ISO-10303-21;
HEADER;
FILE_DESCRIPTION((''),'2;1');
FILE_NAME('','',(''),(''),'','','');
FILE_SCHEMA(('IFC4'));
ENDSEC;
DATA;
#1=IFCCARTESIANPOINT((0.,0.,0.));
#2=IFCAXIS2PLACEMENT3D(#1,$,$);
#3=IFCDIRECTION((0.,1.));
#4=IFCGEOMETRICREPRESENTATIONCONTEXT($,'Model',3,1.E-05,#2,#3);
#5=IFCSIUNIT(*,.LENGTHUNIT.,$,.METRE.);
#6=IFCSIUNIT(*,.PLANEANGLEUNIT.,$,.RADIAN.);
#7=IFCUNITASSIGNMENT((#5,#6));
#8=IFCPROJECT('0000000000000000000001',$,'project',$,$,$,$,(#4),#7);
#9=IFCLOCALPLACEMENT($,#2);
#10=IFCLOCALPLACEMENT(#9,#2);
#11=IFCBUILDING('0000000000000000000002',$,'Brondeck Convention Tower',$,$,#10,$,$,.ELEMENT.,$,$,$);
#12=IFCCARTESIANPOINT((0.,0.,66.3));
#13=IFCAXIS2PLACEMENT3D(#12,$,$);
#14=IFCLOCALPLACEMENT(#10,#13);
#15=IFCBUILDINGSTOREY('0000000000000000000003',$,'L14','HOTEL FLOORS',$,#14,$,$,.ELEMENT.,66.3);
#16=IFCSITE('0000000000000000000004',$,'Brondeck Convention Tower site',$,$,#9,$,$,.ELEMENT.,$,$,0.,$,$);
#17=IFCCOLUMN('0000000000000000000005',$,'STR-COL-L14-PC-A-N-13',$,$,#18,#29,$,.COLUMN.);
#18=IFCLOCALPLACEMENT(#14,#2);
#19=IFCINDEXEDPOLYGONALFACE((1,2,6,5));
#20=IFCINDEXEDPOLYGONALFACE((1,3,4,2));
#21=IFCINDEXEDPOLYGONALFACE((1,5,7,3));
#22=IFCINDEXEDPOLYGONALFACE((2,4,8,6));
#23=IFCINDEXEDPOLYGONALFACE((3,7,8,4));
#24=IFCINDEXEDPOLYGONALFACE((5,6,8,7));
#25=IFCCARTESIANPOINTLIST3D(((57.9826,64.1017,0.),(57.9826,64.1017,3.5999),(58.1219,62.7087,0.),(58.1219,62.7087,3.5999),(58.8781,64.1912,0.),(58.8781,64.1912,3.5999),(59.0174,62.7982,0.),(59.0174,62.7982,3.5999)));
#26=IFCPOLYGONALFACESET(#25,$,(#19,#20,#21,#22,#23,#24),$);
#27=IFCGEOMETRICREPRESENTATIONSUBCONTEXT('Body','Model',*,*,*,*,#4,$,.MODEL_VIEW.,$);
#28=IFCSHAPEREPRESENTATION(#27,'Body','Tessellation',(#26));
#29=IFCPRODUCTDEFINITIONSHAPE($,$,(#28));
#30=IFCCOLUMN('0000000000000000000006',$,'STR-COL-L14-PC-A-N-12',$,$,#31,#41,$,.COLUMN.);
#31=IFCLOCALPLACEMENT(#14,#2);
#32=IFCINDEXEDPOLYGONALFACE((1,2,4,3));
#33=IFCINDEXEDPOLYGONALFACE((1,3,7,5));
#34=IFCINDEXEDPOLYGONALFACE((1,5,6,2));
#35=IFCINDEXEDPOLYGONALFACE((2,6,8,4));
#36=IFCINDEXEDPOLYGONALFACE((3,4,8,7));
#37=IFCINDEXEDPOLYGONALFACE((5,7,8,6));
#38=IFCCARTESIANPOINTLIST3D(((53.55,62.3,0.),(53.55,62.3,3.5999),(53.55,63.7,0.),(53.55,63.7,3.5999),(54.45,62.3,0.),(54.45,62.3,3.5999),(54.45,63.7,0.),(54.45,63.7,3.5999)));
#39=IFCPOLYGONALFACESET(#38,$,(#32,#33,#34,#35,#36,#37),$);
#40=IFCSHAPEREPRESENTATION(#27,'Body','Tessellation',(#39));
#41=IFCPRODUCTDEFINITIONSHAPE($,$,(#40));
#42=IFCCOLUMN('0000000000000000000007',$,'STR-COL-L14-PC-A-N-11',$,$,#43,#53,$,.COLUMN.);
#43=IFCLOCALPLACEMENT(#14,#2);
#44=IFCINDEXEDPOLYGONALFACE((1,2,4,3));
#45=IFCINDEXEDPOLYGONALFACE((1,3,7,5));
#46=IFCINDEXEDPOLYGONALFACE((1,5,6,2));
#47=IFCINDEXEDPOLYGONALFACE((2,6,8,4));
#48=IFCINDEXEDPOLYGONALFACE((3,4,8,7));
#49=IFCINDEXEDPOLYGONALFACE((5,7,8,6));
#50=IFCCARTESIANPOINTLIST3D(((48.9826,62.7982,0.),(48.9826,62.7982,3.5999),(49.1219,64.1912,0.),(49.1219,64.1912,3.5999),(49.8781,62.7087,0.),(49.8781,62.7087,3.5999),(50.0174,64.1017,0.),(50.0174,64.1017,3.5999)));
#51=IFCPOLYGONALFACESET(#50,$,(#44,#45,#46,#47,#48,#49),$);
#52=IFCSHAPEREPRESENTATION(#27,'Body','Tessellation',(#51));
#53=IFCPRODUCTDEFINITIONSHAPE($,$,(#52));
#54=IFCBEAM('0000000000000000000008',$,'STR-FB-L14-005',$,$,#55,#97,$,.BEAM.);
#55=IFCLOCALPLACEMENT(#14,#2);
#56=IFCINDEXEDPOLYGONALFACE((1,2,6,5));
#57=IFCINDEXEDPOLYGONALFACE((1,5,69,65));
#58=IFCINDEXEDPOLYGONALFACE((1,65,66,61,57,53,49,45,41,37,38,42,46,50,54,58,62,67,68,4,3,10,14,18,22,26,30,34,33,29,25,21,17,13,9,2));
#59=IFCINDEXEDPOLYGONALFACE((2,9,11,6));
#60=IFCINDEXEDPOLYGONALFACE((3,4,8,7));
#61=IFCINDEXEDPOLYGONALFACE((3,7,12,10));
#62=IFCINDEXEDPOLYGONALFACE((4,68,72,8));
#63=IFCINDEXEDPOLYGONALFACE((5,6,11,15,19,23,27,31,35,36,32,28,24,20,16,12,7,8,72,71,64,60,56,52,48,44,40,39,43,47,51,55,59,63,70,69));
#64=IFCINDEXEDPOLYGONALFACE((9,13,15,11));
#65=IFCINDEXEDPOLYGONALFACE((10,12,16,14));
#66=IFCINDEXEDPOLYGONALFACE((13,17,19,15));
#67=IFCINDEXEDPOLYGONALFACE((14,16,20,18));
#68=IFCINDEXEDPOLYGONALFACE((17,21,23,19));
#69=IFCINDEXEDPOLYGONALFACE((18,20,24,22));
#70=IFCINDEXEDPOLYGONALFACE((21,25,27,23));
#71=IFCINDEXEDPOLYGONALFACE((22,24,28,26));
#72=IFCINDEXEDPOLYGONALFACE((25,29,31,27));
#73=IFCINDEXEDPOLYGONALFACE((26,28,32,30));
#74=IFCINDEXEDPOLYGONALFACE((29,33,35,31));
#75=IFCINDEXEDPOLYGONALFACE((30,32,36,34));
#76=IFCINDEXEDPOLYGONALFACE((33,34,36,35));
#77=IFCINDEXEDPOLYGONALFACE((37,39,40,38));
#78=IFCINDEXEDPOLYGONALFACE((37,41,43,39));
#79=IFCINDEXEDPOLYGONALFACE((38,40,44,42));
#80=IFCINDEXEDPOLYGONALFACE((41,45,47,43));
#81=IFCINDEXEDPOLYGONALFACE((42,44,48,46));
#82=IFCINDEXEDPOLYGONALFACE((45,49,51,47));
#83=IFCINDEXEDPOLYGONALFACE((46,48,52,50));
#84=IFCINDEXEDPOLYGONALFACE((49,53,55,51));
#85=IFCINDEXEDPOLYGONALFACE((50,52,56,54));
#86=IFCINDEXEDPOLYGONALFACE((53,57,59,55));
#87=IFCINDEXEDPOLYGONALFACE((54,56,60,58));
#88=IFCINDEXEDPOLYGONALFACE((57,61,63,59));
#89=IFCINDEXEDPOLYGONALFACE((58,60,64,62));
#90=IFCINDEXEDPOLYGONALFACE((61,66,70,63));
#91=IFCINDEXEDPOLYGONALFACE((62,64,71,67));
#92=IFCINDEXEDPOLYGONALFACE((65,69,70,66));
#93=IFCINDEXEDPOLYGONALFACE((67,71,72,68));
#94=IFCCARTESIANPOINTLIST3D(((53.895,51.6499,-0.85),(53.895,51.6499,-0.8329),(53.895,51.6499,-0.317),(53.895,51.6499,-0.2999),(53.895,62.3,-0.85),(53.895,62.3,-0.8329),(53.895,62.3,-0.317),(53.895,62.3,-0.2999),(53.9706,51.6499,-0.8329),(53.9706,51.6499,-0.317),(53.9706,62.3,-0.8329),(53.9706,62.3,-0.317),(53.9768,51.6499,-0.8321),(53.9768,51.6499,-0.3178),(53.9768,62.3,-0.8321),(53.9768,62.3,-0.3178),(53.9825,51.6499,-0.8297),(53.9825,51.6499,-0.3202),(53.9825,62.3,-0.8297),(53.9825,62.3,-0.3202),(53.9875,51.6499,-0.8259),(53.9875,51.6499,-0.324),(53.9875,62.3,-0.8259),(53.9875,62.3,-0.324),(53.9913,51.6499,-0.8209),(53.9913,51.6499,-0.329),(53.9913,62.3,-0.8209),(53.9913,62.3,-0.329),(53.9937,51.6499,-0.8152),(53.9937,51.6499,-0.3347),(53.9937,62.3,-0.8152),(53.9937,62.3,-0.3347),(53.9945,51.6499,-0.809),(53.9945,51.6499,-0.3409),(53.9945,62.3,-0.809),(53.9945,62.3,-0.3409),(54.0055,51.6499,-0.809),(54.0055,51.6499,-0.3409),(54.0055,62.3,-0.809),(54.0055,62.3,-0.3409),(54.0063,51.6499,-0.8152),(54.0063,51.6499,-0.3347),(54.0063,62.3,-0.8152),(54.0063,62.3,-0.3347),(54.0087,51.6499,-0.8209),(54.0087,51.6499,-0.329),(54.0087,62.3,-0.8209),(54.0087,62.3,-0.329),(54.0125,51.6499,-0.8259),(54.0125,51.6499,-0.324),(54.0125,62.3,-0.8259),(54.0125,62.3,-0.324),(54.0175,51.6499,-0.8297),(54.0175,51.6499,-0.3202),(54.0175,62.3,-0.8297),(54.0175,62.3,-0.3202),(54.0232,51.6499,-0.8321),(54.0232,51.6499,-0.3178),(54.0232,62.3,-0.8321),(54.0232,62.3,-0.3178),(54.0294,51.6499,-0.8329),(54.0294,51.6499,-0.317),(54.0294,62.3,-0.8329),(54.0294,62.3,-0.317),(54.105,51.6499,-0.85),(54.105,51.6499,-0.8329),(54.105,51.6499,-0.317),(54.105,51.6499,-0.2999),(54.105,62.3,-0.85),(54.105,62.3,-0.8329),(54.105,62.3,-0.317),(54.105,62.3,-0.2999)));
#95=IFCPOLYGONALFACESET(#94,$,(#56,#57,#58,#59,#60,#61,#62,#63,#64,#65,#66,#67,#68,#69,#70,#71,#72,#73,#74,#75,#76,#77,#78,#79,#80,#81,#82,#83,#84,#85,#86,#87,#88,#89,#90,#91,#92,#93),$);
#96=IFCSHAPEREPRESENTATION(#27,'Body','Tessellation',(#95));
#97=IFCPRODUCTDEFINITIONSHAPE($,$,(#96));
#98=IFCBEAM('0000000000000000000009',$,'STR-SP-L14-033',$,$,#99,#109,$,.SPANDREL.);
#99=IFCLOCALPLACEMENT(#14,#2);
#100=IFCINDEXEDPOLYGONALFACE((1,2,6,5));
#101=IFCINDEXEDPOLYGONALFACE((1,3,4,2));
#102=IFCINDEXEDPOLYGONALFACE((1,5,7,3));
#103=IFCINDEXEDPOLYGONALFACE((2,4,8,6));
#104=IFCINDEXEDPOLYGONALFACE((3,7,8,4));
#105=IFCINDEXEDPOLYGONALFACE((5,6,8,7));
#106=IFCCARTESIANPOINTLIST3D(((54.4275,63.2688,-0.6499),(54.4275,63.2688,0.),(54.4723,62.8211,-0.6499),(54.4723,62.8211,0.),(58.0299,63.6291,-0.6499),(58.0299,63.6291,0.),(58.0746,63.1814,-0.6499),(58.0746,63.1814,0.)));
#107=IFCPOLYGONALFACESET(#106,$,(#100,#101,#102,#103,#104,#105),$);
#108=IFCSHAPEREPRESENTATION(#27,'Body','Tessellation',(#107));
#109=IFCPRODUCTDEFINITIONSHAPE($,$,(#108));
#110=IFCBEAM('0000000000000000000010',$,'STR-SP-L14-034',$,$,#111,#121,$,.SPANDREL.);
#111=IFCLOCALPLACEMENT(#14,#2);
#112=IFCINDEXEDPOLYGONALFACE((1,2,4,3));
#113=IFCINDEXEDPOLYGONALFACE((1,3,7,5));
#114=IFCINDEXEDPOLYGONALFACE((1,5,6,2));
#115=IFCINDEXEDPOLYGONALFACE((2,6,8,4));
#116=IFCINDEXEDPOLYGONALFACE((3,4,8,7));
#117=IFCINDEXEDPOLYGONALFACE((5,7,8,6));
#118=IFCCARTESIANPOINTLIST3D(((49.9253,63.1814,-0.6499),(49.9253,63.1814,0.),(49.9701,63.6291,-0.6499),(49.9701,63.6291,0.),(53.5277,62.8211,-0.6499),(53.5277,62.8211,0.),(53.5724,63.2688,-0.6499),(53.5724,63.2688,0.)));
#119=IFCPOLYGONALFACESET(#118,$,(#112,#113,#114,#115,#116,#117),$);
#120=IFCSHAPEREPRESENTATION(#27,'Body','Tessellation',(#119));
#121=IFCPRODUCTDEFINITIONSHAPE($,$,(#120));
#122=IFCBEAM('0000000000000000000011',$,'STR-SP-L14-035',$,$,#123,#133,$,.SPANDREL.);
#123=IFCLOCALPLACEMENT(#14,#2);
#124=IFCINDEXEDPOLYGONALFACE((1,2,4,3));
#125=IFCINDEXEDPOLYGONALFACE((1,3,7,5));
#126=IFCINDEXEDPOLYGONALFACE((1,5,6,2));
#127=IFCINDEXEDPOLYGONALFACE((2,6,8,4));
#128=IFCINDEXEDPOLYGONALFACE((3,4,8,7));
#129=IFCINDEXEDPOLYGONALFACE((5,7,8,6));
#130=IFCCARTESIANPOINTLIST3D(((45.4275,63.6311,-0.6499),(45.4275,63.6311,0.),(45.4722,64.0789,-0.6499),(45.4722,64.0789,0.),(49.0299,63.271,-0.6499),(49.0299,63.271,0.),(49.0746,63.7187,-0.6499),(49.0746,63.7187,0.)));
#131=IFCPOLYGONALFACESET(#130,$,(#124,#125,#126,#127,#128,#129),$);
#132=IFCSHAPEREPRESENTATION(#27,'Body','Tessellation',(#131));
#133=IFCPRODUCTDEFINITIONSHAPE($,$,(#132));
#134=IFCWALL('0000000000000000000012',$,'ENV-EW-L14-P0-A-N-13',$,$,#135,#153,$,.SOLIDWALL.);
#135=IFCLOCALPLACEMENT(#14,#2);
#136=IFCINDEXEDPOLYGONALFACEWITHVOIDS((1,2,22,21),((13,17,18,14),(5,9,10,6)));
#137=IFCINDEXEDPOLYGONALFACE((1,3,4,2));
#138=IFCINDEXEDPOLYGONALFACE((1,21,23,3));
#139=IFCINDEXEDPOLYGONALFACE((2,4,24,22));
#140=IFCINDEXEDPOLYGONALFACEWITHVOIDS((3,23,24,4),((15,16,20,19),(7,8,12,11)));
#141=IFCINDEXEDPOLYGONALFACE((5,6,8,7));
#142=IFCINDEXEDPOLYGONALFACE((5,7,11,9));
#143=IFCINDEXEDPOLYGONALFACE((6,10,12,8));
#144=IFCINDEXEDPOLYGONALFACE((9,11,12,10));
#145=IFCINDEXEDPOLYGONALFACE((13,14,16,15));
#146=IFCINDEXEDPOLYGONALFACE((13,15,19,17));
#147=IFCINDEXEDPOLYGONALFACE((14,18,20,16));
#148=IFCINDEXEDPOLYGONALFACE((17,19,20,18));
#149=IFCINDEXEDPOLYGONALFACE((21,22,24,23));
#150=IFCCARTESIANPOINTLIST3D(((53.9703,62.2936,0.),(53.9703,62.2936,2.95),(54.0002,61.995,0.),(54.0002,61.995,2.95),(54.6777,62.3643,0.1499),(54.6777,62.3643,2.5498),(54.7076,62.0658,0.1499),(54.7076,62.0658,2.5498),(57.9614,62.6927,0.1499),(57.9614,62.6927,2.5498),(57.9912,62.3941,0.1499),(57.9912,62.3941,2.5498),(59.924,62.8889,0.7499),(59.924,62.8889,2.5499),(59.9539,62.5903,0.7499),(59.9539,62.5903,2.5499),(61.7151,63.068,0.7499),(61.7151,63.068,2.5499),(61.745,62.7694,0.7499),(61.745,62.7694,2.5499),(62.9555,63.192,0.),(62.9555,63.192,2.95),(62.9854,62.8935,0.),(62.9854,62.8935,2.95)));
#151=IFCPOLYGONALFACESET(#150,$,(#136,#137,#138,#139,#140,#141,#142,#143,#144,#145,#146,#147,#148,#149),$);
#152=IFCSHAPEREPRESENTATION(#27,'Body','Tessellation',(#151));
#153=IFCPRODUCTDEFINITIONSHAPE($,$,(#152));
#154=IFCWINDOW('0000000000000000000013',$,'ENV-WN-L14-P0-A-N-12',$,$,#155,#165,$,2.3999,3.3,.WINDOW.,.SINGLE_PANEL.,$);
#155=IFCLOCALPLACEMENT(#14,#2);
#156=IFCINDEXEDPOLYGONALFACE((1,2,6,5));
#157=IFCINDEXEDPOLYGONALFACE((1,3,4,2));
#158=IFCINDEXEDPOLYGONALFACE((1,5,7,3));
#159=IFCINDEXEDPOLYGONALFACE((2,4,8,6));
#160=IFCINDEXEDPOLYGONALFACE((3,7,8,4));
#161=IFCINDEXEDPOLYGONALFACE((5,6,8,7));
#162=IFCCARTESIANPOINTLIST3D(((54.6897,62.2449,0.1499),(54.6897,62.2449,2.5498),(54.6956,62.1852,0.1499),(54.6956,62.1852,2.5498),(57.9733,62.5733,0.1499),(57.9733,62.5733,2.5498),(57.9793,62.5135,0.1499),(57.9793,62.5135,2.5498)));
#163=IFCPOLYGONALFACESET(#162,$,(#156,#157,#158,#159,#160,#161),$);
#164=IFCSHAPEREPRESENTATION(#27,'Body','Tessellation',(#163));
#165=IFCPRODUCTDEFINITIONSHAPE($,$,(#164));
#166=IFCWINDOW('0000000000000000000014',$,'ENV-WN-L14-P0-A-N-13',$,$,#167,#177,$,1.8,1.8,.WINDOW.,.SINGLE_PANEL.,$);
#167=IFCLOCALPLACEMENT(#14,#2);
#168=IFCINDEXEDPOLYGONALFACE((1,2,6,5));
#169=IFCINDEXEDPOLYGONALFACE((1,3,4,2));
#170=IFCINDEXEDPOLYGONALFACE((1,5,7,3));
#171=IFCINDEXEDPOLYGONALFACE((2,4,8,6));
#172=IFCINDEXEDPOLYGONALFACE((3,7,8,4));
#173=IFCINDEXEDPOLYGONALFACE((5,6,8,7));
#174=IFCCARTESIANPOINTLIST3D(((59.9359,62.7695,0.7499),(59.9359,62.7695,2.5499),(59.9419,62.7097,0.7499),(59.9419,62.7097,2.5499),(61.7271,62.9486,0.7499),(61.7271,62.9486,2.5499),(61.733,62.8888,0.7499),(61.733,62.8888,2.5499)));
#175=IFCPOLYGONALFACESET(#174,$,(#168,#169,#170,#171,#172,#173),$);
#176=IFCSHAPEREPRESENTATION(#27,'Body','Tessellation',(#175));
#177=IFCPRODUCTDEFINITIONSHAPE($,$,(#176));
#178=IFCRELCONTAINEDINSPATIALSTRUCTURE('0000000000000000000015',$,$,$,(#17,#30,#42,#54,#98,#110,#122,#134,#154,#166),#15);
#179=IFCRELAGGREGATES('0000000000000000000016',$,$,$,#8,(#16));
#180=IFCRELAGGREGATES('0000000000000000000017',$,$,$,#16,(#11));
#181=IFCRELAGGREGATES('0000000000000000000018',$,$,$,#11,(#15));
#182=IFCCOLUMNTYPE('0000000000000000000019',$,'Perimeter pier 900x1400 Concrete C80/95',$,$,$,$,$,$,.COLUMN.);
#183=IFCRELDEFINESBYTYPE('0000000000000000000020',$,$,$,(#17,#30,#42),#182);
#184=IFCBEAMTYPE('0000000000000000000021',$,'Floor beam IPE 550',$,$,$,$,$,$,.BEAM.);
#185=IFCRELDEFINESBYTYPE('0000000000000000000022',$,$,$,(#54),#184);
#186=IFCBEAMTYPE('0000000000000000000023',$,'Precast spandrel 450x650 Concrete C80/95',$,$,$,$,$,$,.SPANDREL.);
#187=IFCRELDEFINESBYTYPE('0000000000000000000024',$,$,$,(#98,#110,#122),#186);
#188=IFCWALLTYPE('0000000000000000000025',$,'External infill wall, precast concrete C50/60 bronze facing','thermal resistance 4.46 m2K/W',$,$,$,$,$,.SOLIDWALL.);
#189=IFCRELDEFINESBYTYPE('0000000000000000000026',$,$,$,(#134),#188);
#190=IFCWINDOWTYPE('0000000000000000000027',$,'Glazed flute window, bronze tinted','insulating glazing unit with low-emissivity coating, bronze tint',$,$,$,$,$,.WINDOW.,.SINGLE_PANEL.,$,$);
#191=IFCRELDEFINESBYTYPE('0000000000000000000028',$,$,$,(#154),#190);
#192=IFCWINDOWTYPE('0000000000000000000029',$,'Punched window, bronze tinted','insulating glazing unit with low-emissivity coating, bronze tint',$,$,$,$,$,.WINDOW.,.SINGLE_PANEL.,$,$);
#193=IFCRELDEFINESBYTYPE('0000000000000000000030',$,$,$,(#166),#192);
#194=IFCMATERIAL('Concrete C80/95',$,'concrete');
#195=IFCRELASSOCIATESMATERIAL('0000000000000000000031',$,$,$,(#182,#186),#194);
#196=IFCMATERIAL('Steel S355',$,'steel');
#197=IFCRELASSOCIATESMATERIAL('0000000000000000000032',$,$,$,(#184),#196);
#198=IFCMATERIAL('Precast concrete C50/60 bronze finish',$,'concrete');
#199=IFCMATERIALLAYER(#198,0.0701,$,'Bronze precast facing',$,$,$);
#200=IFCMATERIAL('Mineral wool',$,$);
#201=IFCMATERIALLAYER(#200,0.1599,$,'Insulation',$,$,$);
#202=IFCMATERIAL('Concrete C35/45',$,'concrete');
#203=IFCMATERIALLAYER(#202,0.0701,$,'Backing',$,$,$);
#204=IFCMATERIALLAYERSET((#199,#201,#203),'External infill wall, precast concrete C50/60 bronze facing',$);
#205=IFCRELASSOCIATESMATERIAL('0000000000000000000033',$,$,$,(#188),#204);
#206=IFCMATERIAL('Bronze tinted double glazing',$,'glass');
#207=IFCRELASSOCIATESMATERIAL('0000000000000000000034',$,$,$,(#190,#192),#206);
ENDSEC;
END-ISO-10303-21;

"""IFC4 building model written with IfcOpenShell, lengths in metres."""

from ifc_helpers import new_model, si_unit, direction, frame, frame_2d, origin, origin_2d, place, context, subcontext, project, spatial, rectangle, i_section, extrude, material, layer, layer_set, material_profile, profile_set, type_object, element, fill, save


model = new_model("IFC4")

# Units and contexts
model_context = context("Model", 3, precision=1e-05, world=origin(), true_north=direction((0.0, 1.0)))
body_context = subcontext(model_context, "Body", "Model", "MODEL_VIEW")
ifc_project = project(units=[si_unit("LENGTHUNIT", "METRE"), si_unit("PLANEANGLEUNIT", "RADIAN")], contexts=[model_context])

# Site, building, storey
site_placement = place(None, origin())
site = spatial("IfcSite", under=ifc_project, at=site_placement, Name="Brondeck Convention Tower site", CompositionType="ELEMENT", RefElevation=0.0)
building_placement = place(site_placement, origin())
building = spatial("IfcBuilding", under=site, at=building_placement, Name="Brondeck Convention Tower", CompositionType="ELEMENT")
storey_placement = place(building_placement, frame((0.0, 0.0, 66.3)))
storey = spatial("IfcBuildingStorey", under=building, at=storey_placement, Name="L14", Description="HOTEL FLOORS", CompositionType="ELEMENT", Elevation=66.3)

# Columns
ifc_material_1 = material(Name="Concrete C80/95", Category="concrete")
ifc_material_profile_1 = material_profile(ifc_material_1, rectangle(XDim=0.8999, YDim=1.3999, at=origin_2d()), Name="Perimeter pier 900x1400 Concrete C80/95")
ifc_profile_set_1 = profile_set([ifc_material_profile_1], Name="Concrete C80/95")
column_type = type_object("IfcColumnType", Name="Perimeter pier 900x1400 Concrete C80/95", PredefinedType="COLUMN", material=ifc_profile_set_1)
for number, where, z_axis, x_axis, name in (
    (1, (58.5, 63.45, 0.0), (0.0, 0.0, 1.0), (-0.995037, -0.099504, 0.0), "STR-COL-L14-PC-A-N-13"),
    (2, (54.0, 63.0, 0.0), (0.0, 0.0, 1.0), (-1.0, 0.0, 0.0), "STR-COL-L14-PC-A-N-12"),
    (3, (49.5, 63.45, 0.0), (0.0, 0.0, 1.0), (-0.995037, 0.099504, 0.0), "STR-COL-L14-PC-A-N-11"),
):
    element("IfcColumn", number, at=place(storey_placement, frame(where, z_axis=z_axis, x_axis=x_axis)), inside=storey, type_object=column_type, Name=name, PredefinedType="COLUMN", context=body_context, shape_type="SweptSolid", body=[
        extrude(rectangle(XDim=0.8999, YDim=1.3999, at=origin_2d()), origin(), (0.0, 0.0, 1.0), 3.5999),
    ])

# Beams
ifc_material_2 = material(Name="Steel S355", Category="steel")
ifc_material_profile_2 = material_profile(ifc_material_2, i_section(OverallWidth=0.21, OverallDepth=0.55, WebThickness=0.011, FlangeThickness=0.0171, FilletRadius=0.0239, at=origin_2d()), Name="IPE 550")
ifc_profile_set_2 = profile_set([ifc_material_profile_2], Name="Steel S355")
beam_type_1 = type_object("IfcBeamType", Name="Floor beam IPE 550", PredefinedType="BEAM", material=ifc_profile_set_2)
beam_placement = place(storey_placement, frame((54.0, 51.6499, -0.575), z_axis=(0.0, 1.0, 0.0), x_axis=(-1.0, 0.0, 0.0)))
element("IfcBeam", 4, at=beam_placement, inside=storey, type_object=beam_type_1, Name="STR-FB-L14-005", PredefinedType="BEAM", context=body_context, shape_type="SweptSolid", body=[
    extrude(i_section(OverallWidth=0.21, OverallDepth=0.55, WebThickness=0.011, FlangeThickness=0.0171, FilletRadius=0.0239, at=origin_2d()), origin(), (0.0, 0.0, 1.0), 10.6501),
])
ifc_material_profile_3 = material_profile(ifc_material_1, rectangle(XDim=0.45, YDim=0.6499, at=origin_2d()), Name="Precast spandrel 450x650 Concrete C80/95")
ifc_profile_set_3 = profile_set([ifc_material_profile_3], Name="Concrete C80/95")
beam_type_2 = type_object("IfcBeamType", Name="Precast spandrel 450x650 Concrete C80/95", PredefinedType="SPANDREL", material=ifc_profile_set_3)
for number, where, z_axis, x_axis, name in (
    (5, (58.0522, 63.4053, -0.325), (-0.995034, -0.099537, 0.0), (0.099537, -0.995034, 0.0), "STR-SP-L14-033"),
    (6, (53.55, 63.0449, -0.325), (-0.995034, 0.099537, 0.0), (-0.099537, -0.995034, 0.0), "STR-SP-L14-034"),
    (7, (49.0522, 63.4949, -0.325), (-0.995041, 0.09947, 0.0), (-0.09947, -0.995041, 0.0), "STR-SP-L14-035"),
):
    element("IfcBeam", number, at=place(storey_placement, frame(where, z_axis=z_axis, x_axis=x_axis)), inside=storey, type_object=beam_type_2, Name=name, PredefinedType="SPANDREL", context=body_context, shape_type="SweptSolid", body=[
        extrude(rectangle(XDim=0.45, YDim=0.6499, at=origin_2d()), origin(), (0.0, 0.0, 1.0), 3.6204),
    ])

# Wall, openings, windows
ifc_material_3 = material(Name="Precast concrete C50/60 bronze finish", Category="concrete")
ifc_layer_1 = layer(ifc_material_3, 0.0701, Name="Bronze precast facing")
ifc_material_4 = material(Name="Mineral wool")
ifc_layer_2 = layer(ifc_material_4, 0.1599, Name="Insulation")
ifc_material_5 = material(Name="Concrete C35/45", Category="concrete")
ifc_layer_3 = layer(ifc_material_5, 0.0701, Name="Backing")
ifc_layer_set_1 = layer_set([ifc_layer_1, ifc_layer_2, ifc_layer_3], Name="External infill wall, precast concrete C50/60 bronze facing")
wall_type_1 = type_object("IfcWallType", Name="External infill wall, precast concrete C50/60 bronze facing", Description="thermal resistance 4.46 m2K/W", PredefinedType="SOLIDWALL", material=ifc_layer_set_1)
wall_1_placement = place(storey_placement, frame((53.9851, 62.1443, 0.0), z_axis=(0.0, 0.0, 1.0), x_axis=(0.995038, 0.099496, 0.0)))
wall_1 = element("IfcWall", 8, at=wall_1_placement, inside=storey, type_object=wall_type_1, Name="ENV-EW-L14-P0-A-N-13", PredefinedType="SOLIDWALL", context=body_context, shape_type="SweptSolid", body=[
    extrude(rectangle(XDim=9.03, YDim=0.3, at=frame_2d((4.5151, 0.0))), origin(), (0.0, 0.0, 1.0), 2.95),
])
opening_1_placement = place(wall_1_placement, frame((0.7112, 0.0, 0.1499)))
opening_1 = element("IfcOpeningElement", 9, at=opening_1_placement, cuts=wall_1, PredefinedType="OPENING", context=body_context, shape_type="SweptSolid", body=[
    extrude(rectangle(XDim=3.3, YDim=2.3999, at=frame_2d((1.6499, 1.2))), frame((0.0, 0.1599, 0.0), z_axis=(0.0, -1.0, 0.0), x_axis=(1.0, 0.0, 0.0)), (0.0, 0.0, 1.0), 0.3201),
])
opening_2_placement = place(wall_1_placement, frame((5.9836, 0.0, 0.75)))
opening_2 = element("IfcOpeningElement", 10, at=opening_2_placement, cuts=wall_1, PredefinedType="OPENING", context=body_context, shape_type="SweptSolid", body=[
    extrude(rectangle(XDim=1.8, YDim=1.8, at=frame_2d((0.8999, 0.8999))), frame((0.0, 0.1599, 0.0), z_axis=(0.0, -1.0, 0.0), x_axis=(1.0, 0.0, 0.0)), (0.0, 0.0, 1.0), 0.3201),
])
ifc_material_6 = material(Name="Bronze tinted double glazing", Category="glass")
window_type_1 = type_object("IfcWindowType", Name="Glazed flute window, bronze tinted", Description="insulating glazing unit with low-emissivity coating, bronze tint", PartitioningType="SINGLE_PANEL", PredefinedType="WINDOW", material=ifc_material_6)
window_1_placement = place(opening_1_placement, origin())
window_1 = element("IfcWindow", 11, at=window_1_placement, inside=storey, type_object=window_type_1, Name="ENV-WN-L14-P0-A-N-12", OverallHeight=2.3999, OverallWidth=3.3, PartitioningType="SINGLE_PANEL", PredefinedType="WINDOW", context=body_context, shape_type="SweptSolid", body=[
    extrude(rectangle(XDim=3.3, YDim=2.3999, at=frame_2d((1.6499, 1.2))), frame((0.0, 0.03, 0.0), z_axis=(0.0, -1.0, 0.0), x_axis=(1.0, 0.0, 0.0)), (0.0, 0.0, 1.0), 0.0601),
])
fill(opening_1, window_1)
window_type_2 = type_object("IfcWindowType", Name="Punched window, bronze tinted", Description="insulating glazing unit with low-emissivity coating, bronze tint", PartitioningType="SINGLE_PANEL", PredefinedType="WINDOW", material=ifc_material_6)
window_2_placement = place(opening_2_placement, origin())
window_2 = element("IfcWindow", 12, at=window_2_placement, inside=storey, type_object=window_type_2, Name="ENV-WN-L14-P0-A-N-13", OverallHeight=1.8, OverallWidth=1.8, PartitioningType="SINGLE_PANEL", PredefinedType="WINDOW", context=body_context, shape_type="SweptSolid", body=[
    extrude(rectangle(XDim=1.8, YDim=1.8, at=frame_2d((0.8999, 0.8999))), frame((0.0, 0.03, 0.0), z_axis=(0.0, -1.0, 0.0), x_axis=(1.0, 0.0, 0.0)), (0.0, 0.0, 1.0), 0.0601),
])
fill(opening_2, window_2)

save(model, "model.ifc")
